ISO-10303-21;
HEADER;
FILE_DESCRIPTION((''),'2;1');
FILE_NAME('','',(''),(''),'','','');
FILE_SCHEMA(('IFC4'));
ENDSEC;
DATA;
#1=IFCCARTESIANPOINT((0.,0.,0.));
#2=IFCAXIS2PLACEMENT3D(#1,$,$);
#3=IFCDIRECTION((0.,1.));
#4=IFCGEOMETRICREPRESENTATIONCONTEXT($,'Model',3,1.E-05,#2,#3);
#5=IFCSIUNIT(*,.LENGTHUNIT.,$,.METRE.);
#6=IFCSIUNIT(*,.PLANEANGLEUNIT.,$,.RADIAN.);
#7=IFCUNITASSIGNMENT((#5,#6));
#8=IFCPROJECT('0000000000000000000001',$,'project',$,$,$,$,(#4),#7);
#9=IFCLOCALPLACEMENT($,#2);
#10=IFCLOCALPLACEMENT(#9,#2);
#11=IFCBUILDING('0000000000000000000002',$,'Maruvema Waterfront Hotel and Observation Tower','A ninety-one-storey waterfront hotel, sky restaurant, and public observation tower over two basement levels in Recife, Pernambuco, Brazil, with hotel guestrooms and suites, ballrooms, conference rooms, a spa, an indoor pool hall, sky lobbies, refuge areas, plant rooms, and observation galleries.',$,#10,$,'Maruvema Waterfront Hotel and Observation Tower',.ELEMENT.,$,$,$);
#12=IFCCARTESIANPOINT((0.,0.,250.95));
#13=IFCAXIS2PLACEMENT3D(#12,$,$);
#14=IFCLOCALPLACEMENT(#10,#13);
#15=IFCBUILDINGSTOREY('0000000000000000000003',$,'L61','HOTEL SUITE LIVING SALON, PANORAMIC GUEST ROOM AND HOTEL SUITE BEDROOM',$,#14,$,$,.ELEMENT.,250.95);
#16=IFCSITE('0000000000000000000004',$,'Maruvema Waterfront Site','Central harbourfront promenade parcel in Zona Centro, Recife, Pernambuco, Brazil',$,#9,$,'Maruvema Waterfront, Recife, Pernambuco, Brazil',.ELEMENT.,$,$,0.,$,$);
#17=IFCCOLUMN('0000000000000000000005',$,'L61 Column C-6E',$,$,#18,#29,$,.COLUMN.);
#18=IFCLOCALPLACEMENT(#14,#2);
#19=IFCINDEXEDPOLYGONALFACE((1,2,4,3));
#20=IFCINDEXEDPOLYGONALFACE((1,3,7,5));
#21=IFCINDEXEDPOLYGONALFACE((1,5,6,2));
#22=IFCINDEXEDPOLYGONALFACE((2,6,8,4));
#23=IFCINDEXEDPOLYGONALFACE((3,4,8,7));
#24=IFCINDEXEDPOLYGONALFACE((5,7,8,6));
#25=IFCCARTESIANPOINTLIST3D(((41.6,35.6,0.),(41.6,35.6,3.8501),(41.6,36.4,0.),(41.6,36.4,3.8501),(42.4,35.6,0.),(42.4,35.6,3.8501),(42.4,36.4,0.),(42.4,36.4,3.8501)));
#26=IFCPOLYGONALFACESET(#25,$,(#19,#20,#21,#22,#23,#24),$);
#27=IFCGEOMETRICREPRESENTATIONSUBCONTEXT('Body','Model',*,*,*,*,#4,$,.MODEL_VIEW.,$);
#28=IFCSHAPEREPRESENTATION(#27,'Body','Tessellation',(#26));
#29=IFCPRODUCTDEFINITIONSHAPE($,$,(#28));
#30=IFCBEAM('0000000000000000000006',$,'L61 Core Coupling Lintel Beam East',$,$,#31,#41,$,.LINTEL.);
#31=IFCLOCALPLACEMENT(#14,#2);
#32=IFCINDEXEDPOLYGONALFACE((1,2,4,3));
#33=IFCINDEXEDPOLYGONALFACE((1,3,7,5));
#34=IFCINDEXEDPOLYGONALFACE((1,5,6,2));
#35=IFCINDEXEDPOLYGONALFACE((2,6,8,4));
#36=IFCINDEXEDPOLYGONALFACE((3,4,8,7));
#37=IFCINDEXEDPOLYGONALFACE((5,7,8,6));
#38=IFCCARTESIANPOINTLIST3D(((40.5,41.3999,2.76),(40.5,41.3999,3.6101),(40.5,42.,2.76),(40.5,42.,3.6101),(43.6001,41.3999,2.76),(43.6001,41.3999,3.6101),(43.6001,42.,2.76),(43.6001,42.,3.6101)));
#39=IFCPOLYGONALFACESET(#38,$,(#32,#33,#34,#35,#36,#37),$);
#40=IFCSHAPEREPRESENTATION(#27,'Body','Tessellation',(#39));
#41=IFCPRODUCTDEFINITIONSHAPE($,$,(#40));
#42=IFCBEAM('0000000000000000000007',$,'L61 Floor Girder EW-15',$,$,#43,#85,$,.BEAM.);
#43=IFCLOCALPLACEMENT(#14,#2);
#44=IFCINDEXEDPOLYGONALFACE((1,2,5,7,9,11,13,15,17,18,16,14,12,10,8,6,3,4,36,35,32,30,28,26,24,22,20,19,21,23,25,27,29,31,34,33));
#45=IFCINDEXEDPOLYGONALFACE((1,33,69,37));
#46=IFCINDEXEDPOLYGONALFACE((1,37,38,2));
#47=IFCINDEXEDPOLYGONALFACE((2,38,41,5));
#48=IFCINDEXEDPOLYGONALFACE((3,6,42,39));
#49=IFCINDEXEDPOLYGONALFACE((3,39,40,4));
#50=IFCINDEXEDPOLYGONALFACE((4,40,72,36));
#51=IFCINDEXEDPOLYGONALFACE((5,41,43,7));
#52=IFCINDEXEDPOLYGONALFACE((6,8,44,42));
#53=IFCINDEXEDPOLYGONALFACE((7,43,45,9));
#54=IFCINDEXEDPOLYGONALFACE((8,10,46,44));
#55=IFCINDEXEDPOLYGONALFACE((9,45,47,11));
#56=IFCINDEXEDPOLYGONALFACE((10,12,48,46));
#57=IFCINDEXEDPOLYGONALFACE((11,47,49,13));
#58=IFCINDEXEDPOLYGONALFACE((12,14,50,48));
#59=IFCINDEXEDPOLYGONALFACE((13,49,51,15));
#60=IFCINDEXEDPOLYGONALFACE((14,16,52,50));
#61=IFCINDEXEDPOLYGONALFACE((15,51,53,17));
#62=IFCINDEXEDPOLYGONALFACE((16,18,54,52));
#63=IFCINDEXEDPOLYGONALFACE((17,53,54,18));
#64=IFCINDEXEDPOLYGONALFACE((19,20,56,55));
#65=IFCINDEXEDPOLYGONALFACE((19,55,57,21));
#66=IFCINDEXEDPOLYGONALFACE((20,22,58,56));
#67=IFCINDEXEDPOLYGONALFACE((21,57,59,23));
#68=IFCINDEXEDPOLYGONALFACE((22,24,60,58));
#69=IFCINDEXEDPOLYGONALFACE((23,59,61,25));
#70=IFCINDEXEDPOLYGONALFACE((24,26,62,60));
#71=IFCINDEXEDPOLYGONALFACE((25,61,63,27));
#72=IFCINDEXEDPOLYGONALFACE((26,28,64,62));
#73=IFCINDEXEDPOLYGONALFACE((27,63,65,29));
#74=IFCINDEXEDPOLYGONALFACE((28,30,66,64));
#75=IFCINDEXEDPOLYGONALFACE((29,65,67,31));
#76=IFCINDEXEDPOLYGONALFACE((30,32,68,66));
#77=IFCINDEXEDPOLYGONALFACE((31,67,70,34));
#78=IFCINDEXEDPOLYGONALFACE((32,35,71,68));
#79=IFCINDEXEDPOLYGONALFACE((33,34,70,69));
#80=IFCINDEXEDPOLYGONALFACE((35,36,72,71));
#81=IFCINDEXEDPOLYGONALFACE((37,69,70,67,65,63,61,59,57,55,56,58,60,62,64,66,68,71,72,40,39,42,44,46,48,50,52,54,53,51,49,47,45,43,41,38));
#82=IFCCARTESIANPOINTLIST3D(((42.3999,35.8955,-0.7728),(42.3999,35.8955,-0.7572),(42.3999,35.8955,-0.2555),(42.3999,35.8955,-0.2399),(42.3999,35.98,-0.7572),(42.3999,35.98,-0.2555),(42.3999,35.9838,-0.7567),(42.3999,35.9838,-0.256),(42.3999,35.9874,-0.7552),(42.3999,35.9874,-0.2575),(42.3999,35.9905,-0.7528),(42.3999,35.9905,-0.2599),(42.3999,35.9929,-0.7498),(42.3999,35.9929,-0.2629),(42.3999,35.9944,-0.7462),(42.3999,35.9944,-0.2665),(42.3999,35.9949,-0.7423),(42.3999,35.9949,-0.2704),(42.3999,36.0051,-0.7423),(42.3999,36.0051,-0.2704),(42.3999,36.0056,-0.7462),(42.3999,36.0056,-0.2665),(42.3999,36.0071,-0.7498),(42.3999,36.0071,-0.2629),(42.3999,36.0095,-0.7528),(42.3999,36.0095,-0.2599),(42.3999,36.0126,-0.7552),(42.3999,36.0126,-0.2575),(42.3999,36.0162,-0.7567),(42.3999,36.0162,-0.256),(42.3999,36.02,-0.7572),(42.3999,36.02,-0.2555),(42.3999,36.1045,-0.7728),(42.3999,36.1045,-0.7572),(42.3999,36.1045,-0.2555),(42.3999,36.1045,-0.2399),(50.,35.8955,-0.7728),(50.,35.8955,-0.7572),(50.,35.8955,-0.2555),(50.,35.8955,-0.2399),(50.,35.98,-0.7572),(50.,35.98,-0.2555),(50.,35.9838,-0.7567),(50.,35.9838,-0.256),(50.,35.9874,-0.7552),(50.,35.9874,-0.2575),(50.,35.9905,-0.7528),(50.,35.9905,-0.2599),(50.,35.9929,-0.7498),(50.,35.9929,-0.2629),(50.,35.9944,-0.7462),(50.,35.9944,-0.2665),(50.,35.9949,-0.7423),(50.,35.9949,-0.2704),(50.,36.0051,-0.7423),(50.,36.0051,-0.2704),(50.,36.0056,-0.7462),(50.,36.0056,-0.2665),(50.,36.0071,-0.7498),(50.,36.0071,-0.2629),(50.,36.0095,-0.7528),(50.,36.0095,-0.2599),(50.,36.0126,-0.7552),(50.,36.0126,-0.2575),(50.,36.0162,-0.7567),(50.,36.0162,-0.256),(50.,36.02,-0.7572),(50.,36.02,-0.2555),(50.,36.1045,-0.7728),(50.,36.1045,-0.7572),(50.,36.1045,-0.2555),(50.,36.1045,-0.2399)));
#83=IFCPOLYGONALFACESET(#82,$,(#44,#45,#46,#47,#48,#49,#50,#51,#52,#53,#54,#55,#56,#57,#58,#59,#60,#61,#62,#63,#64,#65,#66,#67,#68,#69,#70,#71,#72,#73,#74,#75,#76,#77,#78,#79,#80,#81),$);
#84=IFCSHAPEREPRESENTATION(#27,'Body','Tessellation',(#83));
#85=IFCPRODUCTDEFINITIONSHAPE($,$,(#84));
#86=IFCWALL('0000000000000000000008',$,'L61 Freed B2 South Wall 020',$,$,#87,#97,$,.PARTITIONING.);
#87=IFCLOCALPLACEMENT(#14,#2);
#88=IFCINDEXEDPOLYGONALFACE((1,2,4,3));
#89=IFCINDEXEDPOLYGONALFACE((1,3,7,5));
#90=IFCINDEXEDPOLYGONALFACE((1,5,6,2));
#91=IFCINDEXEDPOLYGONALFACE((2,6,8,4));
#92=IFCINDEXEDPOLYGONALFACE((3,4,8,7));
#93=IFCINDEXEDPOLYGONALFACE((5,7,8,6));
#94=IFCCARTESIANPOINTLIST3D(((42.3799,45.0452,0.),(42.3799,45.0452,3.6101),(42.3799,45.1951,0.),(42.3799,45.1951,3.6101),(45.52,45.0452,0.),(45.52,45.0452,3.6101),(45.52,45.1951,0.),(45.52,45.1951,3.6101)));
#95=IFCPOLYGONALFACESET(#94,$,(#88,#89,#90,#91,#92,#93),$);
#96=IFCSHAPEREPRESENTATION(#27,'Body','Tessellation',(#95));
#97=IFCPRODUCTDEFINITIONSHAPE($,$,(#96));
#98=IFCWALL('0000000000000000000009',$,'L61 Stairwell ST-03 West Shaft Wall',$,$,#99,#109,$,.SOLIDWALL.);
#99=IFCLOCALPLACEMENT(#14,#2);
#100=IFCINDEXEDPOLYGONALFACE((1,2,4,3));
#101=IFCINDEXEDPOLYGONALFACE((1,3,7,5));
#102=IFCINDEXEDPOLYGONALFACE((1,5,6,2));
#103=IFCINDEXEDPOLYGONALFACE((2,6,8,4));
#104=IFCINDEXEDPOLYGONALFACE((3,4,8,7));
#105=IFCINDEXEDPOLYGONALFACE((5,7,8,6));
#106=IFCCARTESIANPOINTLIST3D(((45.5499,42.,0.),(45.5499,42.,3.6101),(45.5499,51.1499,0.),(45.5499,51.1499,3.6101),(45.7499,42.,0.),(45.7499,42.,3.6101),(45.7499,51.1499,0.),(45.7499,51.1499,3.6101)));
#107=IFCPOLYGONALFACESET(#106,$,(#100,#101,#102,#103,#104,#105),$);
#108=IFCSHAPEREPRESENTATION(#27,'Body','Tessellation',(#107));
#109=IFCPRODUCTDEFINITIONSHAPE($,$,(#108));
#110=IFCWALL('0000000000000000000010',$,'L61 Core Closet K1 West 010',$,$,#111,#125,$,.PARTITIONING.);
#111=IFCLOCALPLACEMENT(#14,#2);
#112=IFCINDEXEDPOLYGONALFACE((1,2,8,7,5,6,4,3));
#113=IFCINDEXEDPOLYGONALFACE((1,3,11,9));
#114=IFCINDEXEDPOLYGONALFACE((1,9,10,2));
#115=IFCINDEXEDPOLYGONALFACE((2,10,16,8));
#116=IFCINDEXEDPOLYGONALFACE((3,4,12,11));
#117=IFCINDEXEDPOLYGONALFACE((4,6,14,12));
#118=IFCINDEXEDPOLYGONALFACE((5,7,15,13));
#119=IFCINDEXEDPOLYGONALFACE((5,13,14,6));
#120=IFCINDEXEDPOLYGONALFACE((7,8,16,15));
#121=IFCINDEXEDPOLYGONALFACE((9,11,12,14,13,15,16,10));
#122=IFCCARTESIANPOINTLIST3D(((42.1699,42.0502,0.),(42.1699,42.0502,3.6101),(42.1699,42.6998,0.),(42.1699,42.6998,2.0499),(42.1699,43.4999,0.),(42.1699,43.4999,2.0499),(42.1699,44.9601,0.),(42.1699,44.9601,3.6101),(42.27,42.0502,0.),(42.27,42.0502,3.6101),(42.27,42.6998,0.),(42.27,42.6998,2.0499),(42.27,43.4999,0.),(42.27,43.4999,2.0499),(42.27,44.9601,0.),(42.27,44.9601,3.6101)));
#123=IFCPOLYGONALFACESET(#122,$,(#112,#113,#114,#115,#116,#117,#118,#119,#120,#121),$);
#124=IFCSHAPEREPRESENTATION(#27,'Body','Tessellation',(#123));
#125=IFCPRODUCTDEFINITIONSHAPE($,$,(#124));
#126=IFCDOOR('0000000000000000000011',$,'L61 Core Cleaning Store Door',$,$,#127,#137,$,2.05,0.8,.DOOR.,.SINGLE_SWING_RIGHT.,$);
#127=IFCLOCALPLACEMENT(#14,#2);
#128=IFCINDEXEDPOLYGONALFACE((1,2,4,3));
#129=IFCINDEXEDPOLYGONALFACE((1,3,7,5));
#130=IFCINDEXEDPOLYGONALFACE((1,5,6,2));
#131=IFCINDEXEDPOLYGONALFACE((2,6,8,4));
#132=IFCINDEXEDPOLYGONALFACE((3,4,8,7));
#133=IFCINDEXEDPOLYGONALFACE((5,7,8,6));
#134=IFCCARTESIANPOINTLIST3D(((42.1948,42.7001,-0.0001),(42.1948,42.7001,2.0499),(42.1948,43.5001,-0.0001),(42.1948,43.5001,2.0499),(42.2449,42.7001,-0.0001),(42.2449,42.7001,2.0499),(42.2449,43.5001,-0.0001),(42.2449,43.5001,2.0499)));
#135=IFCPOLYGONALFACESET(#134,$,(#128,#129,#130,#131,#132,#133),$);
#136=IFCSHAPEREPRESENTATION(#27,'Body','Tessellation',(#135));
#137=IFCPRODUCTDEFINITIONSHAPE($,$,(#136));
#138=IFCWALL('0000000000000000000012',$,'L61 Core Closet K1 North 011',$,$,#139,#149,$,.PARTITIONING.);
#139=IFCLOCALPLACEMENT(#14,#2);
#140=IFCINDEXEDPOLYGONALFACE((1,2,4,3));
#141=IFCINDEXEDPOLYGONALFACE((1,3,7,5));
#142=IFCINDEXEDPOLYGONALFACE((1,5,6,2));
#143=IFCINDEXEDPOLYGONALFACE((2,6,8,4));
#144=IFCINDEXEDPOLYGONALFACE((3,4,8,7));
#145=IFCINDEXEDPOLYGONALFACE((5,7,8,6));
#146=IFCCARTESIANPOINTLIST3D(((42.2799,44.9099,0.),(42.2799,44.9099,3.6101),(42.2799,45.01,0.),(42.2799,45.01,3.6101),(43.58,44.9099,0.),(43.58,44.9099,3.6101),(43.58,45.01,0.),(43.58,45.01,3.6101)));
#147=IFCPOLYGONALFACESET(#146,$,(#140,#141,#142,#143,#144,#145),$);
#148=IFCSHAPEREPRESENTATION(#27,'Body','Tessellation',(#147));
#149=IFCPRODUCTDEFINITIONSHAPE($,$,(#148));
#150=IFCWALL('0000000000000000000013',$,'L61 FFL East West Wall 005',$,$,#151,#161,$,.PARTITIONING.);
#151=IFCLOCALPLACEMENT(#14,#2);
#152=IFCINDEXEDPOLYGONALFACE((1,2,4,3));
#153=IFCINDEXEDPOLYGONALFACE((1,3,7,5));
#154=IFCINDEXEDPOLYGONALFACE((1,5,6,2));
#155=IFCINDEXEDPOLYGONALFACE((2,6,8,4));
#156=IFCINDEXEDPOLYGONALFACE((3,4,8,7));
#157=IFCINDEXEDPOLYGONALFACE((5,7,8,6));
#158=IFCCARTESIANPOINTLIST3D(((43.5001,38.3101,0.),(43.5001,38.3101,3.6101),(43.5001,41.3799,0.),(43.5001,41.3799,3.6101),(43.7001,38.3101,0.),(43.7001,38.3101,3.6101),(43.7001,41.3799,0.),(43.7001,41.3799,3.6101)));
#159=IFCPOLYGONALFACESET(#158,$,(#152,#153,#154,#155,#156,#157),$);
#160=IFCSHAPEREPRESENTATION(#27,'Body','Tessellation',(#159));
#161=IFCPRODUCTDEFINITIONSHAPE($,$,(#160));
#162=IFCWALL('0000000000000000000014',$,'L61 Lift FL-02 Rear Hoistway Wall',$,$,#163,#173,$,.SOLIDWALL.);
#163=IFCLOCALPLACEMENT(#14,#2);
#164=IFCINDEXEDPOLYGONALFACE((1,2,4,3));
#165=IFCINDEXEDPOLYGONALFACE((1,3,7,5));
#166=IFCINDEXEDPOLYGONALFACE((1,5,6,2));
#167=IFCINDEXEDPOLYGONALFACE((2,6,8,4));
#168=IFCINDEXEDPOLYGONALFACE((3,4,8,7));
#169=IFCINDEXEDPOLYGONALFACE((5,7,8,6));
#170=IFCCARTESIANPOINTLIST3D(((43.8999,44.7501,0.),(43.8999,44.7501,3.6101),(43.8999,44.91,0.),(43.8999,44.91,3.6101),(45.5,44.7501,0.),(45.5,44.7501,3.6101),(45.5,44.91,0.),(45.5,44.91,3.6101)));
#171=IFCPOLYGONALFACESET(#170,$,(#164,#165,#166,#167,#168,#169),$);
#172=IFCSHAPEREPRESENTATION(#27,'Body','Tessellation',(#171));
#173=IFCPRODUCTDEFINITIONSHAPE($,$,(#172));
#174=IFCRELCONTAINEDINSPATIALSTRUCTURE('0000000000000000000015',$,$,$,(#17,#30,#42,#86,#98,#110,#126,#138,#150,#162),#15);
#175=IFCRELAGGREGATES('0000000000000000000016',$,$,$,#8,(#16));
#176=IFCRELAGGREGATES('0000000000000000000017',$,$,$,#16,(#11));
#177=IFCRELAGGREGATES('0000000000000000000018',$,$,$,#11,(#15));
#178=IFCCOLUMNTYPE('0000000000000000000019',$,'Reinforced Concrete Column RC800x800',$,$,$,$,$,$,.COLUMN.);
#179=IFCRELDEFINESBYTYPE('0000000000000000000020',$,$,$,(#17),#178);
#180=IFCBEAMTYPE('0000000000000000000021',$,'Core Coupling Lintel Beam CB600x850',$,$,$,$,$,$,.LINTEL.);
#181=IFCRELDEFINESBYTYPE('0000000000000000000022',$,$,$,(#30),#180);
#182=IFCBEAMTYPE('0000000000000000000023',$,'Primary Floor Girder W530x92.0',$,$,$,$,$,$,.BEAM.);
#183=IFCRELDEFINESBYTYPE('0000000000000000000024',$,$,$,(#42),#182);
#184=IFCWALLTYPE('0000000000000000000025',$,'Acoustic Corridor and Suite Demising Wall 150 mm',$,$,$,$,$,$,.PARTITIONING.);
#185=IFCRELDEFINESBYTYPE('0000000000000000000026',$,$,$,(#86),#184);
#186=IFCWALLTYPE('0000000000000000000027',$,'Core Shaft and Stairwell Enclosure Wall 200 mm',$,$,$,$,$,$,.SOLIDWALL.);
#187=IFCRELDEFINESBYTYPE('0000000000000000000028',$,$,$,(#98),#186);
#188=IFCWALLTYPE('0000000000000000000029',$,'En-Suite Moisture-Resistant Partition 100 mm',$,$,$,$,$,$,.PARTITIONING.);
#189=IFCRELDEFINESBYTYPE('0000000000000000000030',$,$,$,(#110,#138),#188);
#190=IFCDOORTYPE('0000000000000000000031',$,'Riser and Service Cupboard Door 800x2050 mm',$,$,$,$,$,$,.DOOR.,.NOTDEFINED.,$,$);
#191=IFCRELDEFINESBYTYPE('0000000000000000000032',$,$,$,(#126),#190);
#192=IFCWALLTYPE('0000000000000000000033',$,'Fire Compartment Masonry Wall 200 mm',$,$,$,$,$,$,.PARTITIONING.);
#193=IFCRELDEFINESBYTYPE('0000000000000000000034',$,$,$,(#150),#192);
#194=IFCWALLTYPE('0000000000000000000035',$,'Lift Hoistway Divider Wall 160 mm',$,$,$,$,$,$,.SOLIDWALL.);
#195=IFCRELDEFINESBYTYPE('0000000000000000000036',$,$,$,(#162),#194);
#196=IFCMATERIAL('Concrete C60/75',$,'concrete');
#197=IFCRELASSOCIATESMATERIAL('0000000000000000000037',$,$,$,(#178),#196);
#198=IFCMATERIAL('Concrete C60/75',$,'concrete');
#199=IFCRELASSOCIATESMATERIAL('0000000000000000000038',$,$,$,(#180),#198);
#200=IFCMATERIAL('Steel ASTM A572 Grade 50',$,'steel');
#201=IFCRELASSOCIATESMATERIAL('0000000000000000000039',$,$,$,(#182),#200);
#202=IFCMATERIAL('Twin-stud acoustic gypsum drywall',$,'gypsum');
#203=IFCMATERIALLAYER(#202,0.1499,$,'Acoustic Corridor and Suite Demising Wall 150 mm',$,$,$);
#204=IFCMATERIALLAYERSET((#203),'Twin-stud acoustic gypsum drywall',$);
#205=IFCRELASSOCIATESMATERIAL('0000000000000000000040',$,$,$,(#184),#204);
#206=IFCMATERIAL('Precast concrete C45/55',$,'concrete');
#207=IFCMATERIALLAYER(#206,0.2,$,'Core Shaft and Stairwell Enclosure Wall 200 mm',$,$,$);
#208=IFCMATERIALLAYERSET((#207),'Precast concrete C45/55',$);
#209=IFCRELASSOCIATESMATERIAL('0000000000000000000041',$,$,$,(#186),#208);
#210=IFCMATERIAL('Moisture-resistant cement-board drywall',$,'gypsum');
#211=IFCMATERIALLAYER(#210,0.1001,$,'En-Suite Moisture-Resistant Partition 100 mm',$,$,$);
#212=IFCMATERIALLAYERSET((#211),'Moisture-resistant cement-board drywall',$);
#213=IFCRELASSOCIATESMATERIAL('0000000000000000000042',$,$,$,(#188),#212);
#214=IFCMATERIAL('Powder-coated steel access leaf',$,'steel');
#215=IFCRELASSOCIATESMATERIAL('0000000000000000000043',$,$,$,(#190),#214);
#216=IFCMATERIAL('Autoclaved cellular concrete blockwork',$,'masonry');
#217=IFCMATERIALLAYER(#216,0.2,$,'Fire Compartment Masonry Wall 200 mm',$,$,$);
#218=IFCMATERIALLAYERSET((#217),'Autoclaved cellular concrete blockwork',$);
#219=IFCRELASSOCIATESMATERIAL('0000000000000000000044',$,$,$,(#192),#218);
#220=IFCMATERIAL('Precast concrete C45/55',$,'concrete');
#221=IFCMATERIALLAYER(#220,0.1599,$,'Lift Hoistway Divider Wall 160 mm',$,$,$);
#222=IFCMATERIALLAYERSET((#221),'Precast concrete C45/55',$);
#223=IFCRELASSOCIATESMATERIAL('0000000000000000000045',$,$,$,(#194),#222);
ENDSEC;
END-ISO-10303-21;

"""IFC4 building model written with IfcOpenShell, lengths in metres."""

from ifc_helpers import new_model, si_unit, direction, frame, frame_2d, origin, origin_2d, place, context, subcontext, project, spatial, rectangle, i_section, extrude, material, layer, layer_set, material_profile, profile_set, type_object, element, fill, save


model = new_model("IFC4")

# Units and contexts
model_context = context("Model", 3, precision=1e-05, world=origin(), true_north=direction((0.0, 1.0)))
body_context = subcontext(model_context, "Body", "Model", "MODEL_VIEW")
ifc_project = project(units=[si_unit("LENGTHUNIT", "METRE"), si_unit("PLANEANGLEUNIT", "RADIAN")], contexts=[model_context])

# Site, building, storey
site_placement = place(None, origin())
site = spatial("IfcSite", under=ifc_project, at=site_placement, Name="Maruvema Waterfront Site", Description="Central harbourfront promenade parcel in Zona Centro, Recife, Pernambuco, Brazil", LongName="Maruvema Waterfront, Recife, Pernambuco, Brazil", CompositionType="ELEMENT", RefElevation=0.0)
building_placement = place(site_placement, origin())
building = spatial("IfcBuilding", under=site, at=building_placement, Name="Maruvema Waterfront Hotel and Observation Tower", Description="A ninety-one-storey waterfront hotel, sky restaurant, and public observation tower over two basement levels in Recife, Pernambuco, Brazil, with hotel guestrooms and suites, ballrooms, conference rooms, a spa, an indoor pool hall, sky lobbies, refuge areas, plant rooms, and observation galleries.", LongName="Maruvema Waterfront Hotel and Observation Tower", CompositionType="ELEMENT")
storey_placement = place(building_placement, frame((0.0, 0.0, 250.95)))
storey = spatial("IfcBuildingStorey", under=building, at=storey_placement, Name="L61", Description="HOTEL SUITE LIVING SALON, PANORAMIC GUEST ROOM AND HOTEL SUITE BEDROOM", CompositionType="ELEMENT", Elevation=250.95)

# Column
ifc_material_1 = material(Name="Concrete C60/75", Category="concrete")
ifc_material_profile_1 = material_profile(ifc_material_1, rectangle(XDim=0.8, YDim=0.8, at=origin_2d()), Name="RC800x800")
ifc_profile_set_1 = profile_set([ifc_material_profile_1], Name="Concrete C60/75")
column_type = type_object("IfcColumnType", Name="Reinforced Concrete Column RC800x800", PredefinedType="COLUMN", material=ifc_profile_set_1)
column_placement = place(storey_placement, frame((42.0, 36.0, 0.0), z_axis=(0.0, 0.0, 1.0), x_axis=(1.0, 0.0, 0.0)))
element("IfcColumn", 1, at=column_placement, inside=storey, type_object=column_type, Name="L61 Column C-6E", PredefinedType="COLUMN", context=body_context, shape_type="SweptSolid", body=[
    extrude(rectangle(XDim=0.8, YDim=0.8, at=origin_2d()), origin(), (0.0, 0.0, 1.0), 3.8501),
])

# Beams
ifc_material_2 = material(Name="Concrete C60/75", Category="concrete")
ifc_material_profile_2 = material_profile(ifc_material_2, rectangle(XDim=0.6001, YDim=0.8501, at=origin_2d()), Name="CB600x850")
ifc_profile_set_2 = profile_set([ifc_material_profile_2], Name="Concrete C60/75")
beam_type_1 = type_object("IfcBeamType", Name="Core Coupling Lintel Beam CB600x850", PredefinedType="LINTEL", material=ifc_profile_set_2)
beam_1_placement = place(storey_placement, frame((40.5, 41.7, 3.1851), z_axis=(1.0, 0.0, 0.0), x_axis=(0.0, 1.0, 0.0)))
element("IfcBeam", 2, at=beam_1_placement, inside=storey, type_object=beam_type_1, Name="L61 Core Coupling Lintel Beam East", PredefinedType="LINTEL", context=body_context, shape_type="SweptSolid", body=[
    extrude(rectangle(XDim=0.6001, YDim=0.8501, at=origin_2d()), origin(), (0.0, 0.0, 1.0), 3.1001),
])
ifc_material_3 = material(Name="Steel ASTM A572 Grade 50", Category="steel")
ifc_material_profile_3 = material_profile(ifc_material_3, i_section(OverallWidth=0.209, OverallDepth=0.533, WebThickness=0.0103, FlangeThickness=0.0156, FilletRadius=0.0149, at=origin_2d()), Name="W530x92.0")
ifc_profile_set_3 = profile_set([ifc_material_profile_3], Name="Steel ASTM A572 Grade 50")
beam_type_2 = type_object("IfcBeamType", Name="Primary Floor Girder W530x92.0", PredefinedType="BEAM", material=ifc_profile_set_3)
beam_2_placement = place(storey_placement, frame((42.3999, 36.0, -0.5063), z_axis=(1.0, 0.0, 0.0), x_axis=(0.0, 1.0, 0.0)))
element("IfcBeam", 3, at=beam_2_placement, inside=storey, type_object=beam_type_2, Name="L61 Floor Girder EW-15", PredefinedType="BEAM", context=body_context, shape_type="SweptSolid", body=[
    extrude(i_section(OverallWidth=0.209, OverallDepth=0.533, WebThickness=0.0103, FlangeThickness=0.0156, FilletRadius=0.0149, at=origin_2d()), origin(), (0.0, 0.0, 1.0), 7.6001),
])

# Walls
ifc_material_4 = material(Name="Twin-stud acoustic gypsum drywall", Category="gypsum")
ifc_layer_1 = layer(ifc_material_4, 0.1499, Name="Acoustic Corridor and Suite Demising Wall 150 mm")
ifc_layer_set_1 = layer_set([ifc_layer_1], Name="Twin-stud acoustic gypsum drywall")
wall_type_1 = type_object("IfcWallType", Name="Acoustic Corridor and Suite Demising Wall 150 mm", PredefinedType="PARTITIONING", material=ifc_layer_set_1)
wall_1_placement = place(storey_placement, frame((42.3799, 45.1201, 0.0), z_axis=(0.0, 0.0, 1.0), x_axis=(1.0, 0.0, 0.0)))
element("IfcWall", 4, at=wall_1_placement, inside=storey, type_object=wall_type_1, Name="L61 Freed B2 South Wall 020", PredefinedType="PARTITIONING", context=body_context, shape_type="SweptSolid", body=[
    extrude(rectangle(XDim=3.1401, YDim=0.1499, at=frame_2d((1.5701, 0.0))), origin(), (0.0, 0.0, 1.0), 3.6101),
])
ifc_material_5 = material(Name="Precast concrete C45/55", Category="concrete")
ifc_layer_2 = layer(ifc_material_5, 0.2, Name="Core Shaft and Stairwell Enclosure Wall 200 mm")
ifc_layer_set_2 = layer_set([ifc_layer_2], Name="Precast concrete C45/55")
wall_type_2 = type_object("IfcWallType", Name="Core Shaft and Stairwell Enclosure Wall 200 mm", PredefinedType="SOLIDWALL", material=ifc_layer_set_2)
wall_2_placement = place(storey_placement, frame((45.6499, 42.0, 0.0), z_axis=(0.0, 0.0, 1.0), x_axis=(0.0, 1.0, 0.0)))
element("IfcWall", 5, at=wall_2_placement, inside=storey, type_object=wall_type_2, Name="L61 Stairwell ST-03 West Shaft Wall", PredefinedType="SOLIDWALL", context=body_context, shape_type="SweptSolid", body=[
    extrude(rectangle(XDim=9.1499, YDim=0.2, at=frame_2d((4.575, 0.0))), origin(), (0.0, 0.0, 1.0), 3.6101),
])

# Wall, opening, door
ifc_material_6 = material(Name="Moisture-resistant cement-board drywall", Category="gypsum")
ifc_layer_3 = layer(ifc_material_6, 0.1001, Name="En-Suite Moisture-Resistant Partition 100 mm")
ifc_layer_set_3 = layer_set([ifc_layer_3], Name="Moisture-resistant cement-board drywall")
wall_type_3 = type_object("IfcWallType", Name="En-Suite Moisture-Resistant Partition 100 mm", PredefinedType="PARTITIONING", material=ifc_layer_set_3)
wall_3_placement = place(storey_placement, frame((42.22, 42.05, 0.0), z_axis=(0.0, 0.0, 1.0), x_axis=(0.0, 1.0, 0.0)))
wall_3 = element("IfcWall", 6, at=wall_3_placement, inside=storey, type_object=wall_type_3, Name="L61 Core Closet K1 West 010", PredefinedType="PARTITIONING", context=body_context, shape_type="SweptSolid", body=[
    extrude(rectangle(XDim=2.9099, YDim=0.1001, at=frame_2d((1.4551, 0.0))), origin(), (0.0, 0.0, 1.0), 3.6101),
])
opening_1_placement = place(wall_3_placement, frame((0.6499, 0.0, 0.0)))
opening_1 = element("IfcOpeningElement", 7, at=opening_1_placement, cuts=wall_3, PredefinedType="OPENING", context=body_context, shape_type="SweptSolid", body=[
    extrude(rectangle(XDim=0.8, YDim=2.05, at=frame_2d((0.3999, 1.0249))), frame((0.0, 0.0601, 0.0), z_axis=(0.0, -1.0, 0.0), x_axis=(1.0, 0.0, 0.0)), (0.0, 0.0, 1.0), 0.1201),
])
ifc_material_7 = material(Name="Powder-coated steel access leaf", Category="steel")
door_type_1 = type_object("IfcDoorType", Name="Riser and Service Cupboard Door 800x2050 mm", OperationType="NOTDEFINED", PredefinedType="DOOR", material=ifc_material_7)
door_1_placement = place(opening_1_placement, frame((0.8, 0.0, 0.0), z_axis=(0.0, 0.0, 1.0), x_axis=(-1.0, 0.0, 0.0)))
door_1 = element("IfcDoor", 8, at=door_1_placement, inside=storey, type_object=door_type_1, Name="L61 Core Cleaning Store Door", OperationType="SINGLE_SWING_RIGHT", OverallHeight=2.05, OverallWidth=0.8, PredefinedType="DOOR", context=body_context, shape_type="SweptSolid", body=[
    extrude(rectangle(XDim=0.8, YDim=2.05, at=frame_2d((0.3999, 1.0249))), frame((0.0, 0.0249, 0.0), z_axis=(0.0, -1.0, 0.0), x_axis=(1.0, 0.0, 0.0)), (0.0, 0.0, 1.0), 0.05),
])
fill(opening_1, door_1)

# Wall
wall_4_placement = place(storey_placement, frame((42.28, 44.96, 0.0), z_axis=(0.0, 0.0, 1.0), x_axis=(1.0, 0.0, 0.0)))
element("IfcWall", 9, at=wall_4_placement, inside=storey, type_object=wall_type_3, Name="L61 Core Closet K1 North 011", PredefinedType="PARTITIONING", context=body_context, shape_type="SweptSolid", body=[
    extrude(rectangle(XDim=1.3, YDim=0.1001, at=frame_2d((0.6499, 0.0))), origin(), (0.0, 0.0, 1.0), 3.6101),
])

# Shared definitions
ifc_material_8 = material(Name="Autoclaved cellular concrete blockwork", Category="masonry")
ifc_layer_4 = layer(ifc_material_8, 0.2, Name="Fire Compartment Masonry Wall 200 mm")
ifc_layer_set_4 = layer_set([ifc_layer_4], Name="Autoclaved cellular concrete blockwork")
wall_type_4 = type_object("IfcWallType", Name="Fire Compartment Masonry Wall 200 mm", PredefinedType="PARTITIONING", material=ifc_layer_set_4)

# Walls
wall_5_placement = place(storey_placement, frame((43.6001, 38.3101, 0.0), z_axis=(0.0, 0.0, 1.0), x_axis=(0.0, 1.0, 0.0)))
element("IfcWall", 10, at=wall_5_placement, inside=storey, type_object=wall_type_4, Name="L61 FFL East West Wall 005", PredefinedType="PARTITIONING", context=body_context, shape_type="SweptSolid", body=[
    extrude(rectangle(XDim=3.0698, YDim=0.2, at=frame_2d((1.5349, 0.0))), origin(), (0.0, 0.0, 1.0), 3.6101),
])
ifc_material_9 = material(Name="Precast concrete C45/55", Category="concrete")
ifc_layer_5 = layer(ifc_material_9, 0.1599, Name="Lift Hoistway Divider Wall 160 mm")
ifc_layer_set_5 = layer_set([ifc_layer_5], Name="Precast concrete C45/55")
wall_type_5 = type_object("IfcWallType", Name="Lift Hoistway Divider Wall 160 mm", PredefinedType="SOLIDWALL", material=ifc_layer_set_5)
wall_6_placement = place(storey_placement, frame((43.8999, 44.8301, 0.0), z_axis=(0.0, 0.0, 1.0), x_axis=(1.0, 0.0, 0.0)))
element("IfcWall", 11, at=wall_6_placement, inside=storey, type_object=wall_type_5, Name="L61 Lift FL-02 Rear Hoistway Wall", PredefinedType="SOLIDWALL", context=body_context, shape_type="SweptSolid", body=[
    extrude(rectangle(XDim=1.6001, YDim=0.1599, at=frame_2d((0.8, 0.0))), origin(), (0.0, 0.0, 1.0), 3.6101),
])

save(model, "model.ifc")
